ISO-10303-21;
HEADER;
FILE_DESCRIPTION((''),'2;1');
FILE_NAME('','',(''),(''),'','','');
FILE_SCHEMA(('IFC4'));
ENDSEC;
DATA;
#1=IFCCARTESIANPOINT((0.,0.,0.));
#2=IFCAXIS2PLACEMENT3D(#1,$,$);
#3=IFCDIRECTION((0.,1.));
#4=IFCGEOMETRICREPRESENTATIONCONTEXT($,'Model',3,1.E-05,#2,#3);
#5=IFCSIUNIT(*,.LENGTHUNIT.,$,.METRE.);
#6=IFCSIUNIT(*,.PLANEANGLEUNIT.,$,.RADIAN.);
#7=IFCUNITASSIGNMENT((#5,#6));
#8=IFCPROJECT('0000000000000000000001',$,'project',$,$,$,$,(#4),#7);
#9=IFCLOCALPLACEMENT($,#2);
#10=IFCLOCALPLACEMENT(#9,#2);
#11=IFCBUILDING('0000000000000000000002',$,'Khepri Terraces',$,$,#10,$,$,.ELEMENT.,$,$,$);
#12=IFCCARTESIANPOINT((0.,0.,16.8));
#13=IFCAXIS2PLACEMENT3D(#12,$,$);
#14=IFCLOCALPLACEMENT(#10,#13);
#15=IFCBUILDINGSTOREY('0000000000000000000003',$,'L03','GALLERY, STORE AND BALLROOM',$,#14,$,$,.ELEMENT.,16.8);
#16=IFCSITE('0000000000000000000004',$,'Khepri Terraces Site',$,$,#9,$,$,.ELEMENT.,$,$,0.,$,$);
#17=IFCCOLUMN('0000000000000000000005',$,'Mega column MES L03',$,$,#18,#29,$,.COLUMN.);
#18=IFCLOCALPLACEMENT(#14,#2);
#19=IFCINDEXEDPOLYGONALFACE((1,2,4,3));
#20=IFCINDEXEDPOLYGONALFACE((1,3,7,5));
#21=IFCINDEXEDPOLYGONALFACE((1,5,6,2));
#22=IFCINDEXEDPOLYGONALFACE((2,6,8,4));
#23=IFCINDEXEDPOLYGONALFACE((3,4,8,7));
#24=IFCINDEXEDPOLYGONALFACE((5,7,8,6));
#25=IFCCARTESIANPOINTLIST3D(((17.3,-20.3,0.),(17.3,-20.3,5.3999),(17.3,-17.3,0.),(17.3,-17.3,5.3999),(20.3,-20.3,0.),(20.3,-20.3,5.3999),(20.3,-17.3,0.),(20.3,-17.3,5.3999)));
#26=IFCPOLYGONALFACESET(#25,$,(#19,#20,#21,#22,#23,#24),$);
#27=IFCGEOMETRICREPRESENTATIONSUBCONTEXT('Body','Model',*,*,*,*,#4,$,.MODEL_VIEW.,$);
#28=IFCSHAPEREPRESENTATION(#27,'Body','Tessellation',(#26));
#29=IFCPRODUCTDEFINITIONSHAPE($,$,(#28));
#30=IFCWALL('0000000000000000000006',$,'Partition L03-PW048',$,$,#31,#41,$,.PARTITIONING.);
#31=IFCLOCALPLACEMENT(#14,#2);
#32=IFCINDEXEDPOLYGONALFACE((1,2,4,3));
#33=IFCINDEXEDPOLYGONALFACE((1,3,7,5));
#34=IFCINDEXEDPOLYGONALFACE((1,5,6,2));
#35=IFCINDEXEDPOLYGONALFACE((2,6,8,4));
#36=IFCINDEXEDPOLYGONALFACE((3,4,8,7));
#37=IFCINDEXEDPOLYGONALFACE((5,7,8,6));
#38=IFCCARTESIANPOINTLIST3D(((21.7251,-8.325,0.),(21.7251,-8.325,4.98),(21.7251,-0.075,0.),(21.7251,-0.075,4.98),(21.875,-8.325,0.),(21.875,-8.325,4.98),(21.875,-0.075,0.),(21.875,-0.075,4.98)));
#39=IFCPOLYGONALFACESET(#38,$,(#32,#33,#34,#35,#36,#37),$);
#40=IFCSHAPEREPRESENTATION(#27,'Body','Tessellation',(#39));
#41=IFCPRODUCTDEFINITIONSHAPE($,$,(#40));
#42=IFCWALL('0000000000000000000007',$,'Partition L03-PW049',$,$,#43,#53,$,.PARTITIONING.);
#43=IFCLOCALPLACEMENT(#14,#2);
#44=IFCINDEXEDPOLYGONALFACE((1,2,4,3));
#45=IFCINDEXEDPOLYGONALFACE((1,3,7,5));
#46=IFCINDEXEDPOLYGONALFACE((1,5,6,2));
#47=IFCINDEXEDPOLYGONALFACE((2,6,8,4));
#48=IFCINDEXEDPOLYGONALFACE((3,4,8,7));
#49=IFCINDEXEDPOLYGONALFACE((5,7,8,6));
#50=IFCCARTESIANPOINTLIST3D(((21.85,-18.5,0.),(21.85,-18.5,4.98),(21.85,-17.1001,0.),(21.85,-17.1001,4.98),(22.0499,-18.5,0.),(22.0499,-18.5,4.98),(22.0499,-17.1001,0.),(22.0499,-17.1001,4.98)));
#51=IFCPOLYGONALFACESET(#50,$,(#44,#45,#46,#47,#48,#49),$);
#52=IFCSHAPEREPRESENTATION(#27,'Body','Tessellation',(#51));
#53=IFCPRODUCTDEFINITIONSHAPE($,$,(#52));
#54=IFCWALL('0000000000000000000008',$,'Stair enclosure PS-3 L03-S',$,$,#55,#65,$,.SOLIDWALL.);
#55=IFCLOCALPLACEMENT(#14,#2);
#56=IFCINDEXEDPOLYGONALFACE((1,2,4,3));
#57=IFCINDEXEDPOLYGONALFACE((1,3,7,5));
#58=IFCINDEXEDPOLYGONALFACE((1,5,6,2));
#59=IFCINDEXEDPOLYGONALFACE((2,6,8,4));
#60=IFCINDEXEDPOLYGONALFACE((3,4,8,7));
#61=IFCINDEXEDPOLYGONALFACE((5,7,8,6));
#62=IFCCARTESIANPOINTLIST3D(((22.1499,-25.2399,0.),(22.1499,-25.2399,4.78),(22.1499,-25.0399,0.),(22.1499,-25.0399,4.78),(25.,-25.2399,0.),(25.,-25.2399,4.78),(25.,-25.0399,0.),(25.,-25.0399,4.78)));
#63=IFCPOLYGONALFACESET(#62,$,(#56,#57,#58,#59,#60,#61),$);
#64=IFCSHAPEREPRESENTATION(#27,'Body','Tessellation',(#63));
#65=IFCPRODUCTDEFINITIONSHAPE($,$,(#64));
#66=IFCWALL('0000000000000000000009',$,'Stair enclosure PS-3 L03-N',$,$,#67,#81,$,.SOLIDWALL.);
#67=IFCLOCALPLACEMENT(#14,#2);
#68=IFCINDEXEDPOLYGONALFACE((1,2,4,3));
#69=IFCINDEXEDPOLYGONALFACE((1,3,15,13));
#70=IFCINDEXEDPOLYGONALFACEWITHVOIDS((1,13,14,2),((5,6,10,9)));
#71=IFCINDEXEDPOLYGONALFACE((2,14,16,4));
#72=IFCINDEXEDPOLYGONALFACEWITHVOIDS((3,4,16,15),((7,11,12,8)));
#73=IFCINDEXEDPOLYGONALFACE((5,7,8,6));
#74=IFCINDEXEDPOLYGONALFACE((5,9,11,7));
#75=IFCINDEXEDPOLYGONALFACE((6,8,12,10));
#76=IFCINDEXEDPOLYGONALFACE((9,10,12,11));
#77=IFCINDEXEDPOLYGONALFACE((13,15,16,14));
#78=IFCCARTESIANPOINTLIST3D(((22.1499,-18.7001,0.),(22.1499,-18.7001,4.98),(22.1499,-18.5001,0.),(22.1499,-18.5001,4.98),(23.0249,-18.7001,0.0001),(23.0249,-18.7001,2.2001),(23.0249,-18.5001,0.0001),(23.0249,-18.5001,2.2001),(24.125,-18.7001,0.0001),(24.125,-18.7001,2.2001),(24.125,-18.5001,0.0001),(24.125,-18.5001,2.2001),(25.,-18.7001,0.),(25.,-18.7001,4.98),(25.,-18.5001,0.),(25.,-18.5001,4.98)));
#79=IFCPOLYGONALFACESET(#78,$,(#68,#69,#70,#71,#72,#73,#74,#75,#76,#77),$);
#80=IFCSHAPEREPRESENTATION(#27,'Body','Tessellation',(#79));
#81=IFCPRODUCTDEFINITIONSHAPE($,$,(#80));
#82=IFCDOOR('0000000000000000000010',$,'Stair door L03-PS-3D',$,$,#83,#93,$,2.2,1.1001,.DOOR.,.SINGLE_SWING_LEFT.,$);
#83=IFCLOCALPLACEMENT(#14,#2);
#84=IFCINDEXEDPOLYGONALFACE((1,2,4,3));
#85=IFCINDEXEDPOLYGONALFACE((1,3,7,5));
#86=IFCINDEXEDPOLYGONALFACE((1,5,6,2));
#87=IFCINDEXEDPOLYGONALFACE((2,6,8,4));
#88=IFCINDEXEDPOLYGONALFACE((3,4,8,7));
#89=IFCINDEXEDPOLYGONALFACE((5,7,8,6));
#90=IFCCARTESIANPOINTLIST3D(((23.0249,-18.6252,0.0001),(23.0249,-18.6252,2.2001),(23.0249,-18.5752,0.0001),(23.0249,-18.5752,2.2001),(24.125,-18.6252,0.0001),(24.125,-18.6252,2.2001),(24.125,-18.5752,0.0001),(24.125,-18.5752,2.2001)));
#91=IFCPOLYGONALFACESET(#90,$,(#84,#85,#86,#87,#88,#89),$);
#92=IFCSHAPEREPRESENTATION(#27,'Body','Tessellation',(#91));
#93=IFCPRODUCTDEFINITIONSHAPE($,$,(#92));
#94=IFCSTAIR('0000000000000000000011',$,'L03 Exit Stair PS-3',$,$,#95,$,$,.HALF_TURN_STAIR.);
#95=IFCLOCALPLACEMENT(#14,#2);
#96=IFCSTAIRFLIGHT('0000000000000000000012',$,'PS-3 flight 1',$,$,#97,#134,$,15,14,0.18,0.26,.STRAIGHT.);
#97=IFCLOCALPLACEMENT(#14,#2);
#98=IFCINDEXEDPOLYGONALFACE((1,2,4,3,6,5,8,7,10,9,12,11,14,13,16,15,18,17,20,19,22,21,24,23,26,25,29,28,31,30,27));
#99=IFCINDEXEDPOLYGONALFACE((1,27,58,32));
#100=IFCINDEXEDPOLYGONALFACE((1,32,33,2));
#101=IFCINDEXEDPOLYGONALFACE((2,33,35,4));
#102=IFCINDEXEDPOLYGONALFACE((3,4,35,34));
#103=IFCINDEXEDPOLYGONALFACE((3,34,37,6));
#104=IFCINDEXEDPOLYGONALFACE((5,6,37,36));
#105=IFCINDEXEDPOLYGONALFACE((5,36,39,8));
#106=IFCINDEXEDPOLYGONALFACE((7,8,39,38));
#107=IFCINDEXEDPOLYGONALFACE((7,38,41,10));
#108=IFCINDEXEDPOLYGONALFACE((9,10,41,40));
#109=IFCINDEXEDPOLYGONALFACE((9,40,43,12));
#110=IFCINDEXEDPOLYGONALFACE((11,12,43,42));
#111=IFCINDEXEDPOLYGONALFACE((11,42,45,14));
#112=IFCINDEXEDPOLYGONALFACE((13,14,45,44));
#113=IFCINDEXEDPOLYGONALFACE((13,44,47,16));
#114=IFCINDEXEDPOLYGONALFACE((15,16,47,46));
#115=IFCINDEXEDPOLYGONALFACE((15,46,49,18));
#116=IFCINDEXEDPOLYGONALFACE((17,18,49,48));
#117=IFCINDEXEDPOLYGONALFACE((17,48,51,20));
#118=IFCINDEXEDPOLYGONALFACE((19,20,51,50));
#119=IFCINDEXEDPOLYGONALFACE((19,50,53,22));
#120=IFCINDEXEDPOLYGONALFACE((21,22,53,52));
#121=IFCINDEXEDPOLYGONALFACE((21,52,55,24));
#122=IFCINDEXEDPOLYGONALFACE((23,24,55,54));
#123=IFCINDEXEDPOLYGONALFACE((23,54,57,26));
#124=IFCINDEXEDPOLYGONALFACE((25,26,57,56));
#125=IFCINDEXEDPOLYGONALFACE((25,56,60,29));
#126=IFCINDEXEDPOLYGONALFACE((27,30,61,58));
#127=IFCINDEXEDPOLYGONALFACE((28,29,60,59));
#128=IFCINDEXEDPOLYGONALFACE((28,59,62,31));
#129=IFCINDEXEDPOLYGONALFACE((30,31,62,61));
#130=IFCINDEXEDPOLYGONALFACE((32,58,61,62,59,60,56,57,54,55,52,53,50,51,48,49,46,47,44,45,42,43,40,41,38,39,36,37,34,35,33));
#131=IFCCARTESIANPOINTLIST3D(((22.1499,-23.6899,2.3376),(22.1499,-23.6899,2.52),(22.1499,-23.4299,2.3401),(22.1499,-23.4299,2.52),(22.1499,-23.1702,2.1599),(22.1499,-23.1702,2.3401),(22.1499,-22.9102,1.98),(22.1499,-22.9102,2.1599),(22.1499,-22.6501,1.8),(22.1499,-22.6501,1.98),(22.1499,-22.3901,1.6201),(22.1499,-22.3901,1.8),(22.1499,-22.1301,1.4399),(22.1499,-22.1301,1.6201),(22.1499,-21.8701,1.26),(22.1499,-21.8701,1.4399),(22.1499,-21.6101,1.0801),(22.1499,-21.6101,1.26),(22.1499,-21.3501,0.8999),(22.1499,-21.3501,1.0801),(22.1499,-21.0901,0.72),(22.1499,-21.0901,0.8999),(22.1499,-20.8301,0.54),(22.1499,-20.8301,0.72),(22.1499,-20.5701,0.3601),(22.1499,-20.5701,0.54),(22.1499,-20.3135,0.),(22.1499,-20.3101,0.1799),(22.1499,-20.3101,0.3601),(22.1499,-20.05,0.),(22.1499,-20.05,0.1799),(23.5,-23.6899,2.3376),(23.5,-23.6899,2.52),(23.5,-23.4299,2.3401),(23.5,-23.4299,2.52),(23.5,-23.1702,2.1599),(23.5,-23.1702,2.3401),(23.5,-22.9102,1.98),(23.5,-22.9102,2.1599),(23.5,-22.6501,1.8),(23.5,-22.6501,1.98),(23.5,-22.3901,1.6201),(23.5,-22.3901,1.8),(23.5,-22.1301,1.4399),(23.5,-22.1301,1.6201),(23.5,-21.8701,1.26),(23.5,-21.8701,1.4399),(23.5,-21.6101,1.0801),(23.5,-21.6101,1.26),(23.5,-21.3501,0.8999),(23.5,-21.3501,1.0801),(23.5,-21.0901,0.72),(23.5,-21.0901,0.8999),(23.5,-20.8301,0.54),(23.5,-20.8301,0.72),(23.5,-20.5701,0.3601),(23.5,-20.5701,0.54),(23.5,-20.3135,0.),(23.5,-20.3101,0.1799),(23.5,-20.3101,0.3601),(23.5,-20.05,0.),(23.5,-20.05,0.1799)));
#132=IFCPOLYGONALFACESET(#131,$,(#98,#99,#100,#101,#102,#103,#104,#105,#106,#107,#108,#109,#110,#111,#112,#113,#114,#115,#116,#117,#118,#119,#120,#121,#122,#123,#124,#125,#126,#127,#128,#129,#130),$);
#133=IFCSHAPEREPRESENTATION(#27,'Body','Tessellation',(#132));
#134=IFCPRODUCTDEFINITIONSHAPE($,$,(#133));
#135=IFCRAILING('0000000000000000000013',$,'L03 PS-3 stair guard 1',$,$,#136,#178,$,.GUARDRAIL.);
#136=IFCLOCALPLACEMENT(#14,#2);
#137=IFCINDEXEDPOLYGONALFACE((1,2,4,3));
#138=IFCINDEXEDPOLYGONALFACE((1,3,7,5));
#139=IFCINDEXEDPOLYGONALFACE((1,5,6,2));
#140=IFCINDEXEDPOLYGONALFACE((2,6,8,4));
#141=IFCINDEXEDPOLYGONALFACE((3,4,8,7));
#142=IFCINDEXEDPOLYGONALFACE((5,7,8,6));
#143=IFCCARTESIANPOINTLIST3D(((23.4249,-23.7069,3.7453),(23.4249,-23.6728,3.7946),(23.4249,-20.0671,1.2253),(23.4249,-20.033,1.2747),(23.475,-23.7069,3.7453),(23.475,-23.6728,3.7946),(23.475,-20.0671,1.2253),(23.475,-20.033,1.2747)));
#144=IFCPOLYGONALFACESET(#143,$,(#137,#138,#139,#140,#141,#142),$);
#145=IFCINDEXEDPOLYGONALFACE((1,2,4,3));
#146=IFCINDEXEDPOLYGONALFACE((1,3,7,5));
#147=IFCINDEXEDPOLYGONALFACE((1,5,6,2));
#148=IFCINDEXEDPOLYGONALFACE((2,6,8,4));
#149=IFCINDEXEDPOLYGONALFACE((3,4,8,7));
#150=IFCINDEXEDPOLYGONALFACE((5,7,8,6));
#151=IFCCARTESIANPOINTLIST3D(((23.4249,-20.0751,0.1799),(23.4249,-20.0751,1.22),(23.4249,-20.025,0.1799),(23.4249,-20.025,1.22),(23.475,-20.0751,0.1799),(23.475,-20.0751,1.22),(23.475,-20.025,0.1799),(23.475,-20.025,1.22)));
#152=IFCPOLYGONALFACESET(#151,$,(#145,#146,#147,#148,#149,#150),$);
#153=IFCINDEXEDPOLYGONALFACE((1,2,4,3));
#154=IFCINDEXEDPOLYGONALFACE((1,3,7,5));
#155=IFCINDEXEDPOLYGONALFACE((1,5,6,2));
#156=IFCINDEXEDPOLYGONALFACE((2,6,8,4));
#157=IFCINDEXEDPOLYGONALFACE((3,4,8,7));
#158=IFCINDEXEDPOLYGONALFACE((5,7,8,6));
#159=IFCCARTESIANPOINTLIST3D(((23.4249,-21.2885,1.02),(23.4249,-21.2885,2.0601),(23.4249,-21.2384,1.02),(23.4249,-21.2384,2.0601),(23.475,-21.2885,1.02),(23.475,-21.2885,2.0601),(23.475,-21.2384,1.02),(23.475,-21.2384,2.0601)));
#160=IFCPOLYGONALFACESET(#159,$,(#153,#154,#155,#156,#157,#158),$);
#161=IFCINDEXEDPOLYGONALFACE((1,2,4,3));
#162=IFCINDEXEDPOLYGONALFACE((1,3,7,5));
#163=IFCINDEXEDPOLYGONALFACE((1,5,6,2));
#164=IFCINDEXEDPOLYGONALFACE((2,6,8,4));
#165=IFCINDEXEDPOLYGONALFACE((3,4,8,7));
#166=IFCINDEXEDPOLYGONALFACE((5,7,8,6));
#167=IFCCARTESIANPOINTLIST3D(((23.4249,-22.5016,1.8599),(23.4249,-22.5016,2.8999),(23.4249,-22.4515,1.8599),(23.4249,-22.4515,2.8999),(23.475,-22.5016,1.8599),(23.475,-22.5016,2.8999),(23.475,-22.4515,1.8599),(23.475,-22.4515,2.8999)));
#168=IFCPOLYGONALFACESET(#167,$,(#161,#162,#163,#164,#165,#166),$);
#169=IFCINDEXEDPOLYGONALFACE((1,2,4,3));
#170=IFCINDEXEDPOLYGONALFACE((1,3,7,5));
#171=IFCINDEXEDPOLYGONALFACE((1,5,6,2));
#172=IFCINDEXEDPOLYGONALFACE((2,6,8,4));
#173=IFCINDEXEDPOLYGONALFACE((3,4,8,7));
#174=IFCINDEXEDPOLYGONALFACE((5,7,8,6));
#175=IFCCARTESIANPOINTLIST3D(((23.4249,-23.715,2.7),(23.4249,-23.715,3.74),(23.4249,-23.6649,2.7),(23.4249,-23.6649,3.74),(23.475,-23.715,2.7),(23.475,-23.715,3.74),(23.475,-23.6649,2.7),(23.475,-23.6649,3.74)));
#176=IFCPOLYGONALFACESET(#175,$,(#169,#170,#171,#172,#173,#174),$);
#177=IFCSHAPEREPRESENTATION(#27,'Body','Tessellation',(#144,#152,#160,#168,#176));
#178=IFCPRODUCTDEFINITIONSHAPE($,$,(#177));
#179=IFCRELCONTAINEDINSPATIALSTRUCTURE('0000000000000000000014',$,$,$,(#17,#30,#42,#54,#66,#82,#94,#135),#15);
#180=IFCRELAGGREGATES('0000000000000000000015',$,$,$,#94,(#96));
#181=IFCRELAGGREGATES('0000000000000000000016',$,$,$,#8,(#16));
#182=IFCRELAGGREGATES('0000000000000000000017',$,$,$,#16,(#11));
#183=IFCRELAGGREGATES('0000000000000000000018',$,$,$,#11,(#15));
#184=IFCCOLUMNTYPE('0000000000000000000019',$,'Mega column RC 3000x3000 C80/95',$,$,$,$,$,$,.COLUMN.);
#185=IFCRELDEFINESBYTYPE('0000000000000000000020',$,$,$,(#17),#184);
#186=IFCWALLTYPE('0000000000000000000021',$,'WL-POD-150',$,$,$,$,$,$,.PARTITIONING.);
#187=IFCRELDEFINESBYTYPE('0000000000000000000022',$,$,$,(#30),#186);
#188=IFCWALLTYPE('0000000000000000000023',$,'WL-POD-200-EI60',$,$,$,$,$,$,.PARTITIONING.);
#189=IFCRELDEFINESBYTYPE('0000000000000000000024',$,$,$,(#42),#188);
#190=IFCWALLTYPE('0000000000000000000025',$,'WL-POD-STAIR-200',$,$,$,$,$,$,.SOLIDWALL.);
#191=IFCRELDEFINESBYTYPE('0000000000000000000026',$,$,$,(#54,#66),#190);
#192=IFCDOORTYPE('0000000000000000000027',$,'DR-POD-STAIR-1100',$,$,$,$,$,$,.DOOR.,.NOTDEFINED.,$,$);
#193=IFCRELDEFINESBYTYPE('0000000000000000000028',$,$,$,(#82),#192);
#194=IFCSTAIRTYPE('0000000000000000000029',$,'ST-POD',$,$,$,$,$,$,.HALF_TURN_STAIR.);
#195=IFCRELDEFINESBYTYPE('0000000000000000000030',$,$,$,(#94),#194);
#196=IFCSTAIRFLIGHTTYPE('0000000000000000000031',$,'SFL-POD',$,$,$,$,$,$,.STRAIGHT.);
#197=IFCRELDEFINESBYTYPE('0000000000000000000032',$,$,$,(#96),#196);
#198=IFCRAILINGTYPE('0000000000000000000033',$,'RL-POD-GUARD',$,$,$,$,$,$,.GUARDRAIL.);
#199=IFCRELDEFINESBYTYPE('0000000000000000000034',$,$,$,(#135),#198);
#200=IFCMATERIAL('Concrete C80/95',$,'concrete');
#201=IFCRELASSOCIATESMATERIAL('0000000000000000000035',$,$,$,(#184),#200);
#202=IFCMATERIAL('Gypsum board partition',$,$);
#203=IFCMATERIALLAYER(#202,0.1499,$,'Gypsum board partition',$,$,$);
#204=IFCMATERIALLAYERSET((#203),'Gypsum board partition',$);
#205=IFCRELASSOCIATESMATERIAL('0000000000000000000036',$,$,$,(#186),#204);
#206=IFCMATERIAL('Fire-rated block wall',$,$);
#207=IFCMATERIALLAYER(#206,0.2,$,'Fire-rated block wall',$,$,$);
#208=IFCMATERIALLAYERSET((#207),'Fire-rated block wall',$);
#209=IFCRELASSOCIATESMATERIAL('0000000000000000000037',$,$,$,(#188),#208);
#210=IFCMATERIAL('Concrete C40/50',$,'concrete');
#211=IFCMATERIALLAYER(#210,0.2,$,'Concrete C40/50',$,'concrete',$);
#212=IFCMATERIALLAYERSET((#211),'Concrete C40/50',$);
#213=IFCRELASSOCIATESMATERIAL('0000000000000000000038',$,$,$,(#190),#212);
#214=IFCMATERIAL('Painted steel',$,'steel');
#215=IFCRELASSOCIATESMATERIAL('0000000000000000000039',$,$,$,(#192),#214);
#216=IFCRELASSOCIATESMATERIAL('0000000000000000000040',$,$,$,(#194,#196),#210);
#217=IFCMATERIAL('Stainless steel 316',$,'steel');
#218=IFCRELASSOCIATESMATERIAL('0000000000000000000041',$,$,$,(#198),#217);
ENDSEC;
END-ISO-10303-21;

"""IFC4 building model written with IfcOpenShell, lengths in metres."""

from ifc_helpers import new_model, si_unit, direction, frame, frame_2d, origin, origin_2d, place, context, subcontext, project, spatial, polyline, rectangle, outline, extrude, material, layer, layer_set, material_profile, profile_set, type_object, element, fill, aggregate, save


model = new_model("IFC4")

# Units and contexts
model_context = context("Model", 3, precision=1e-05, world=origin(), true_north=direction((0.0, 1.0)))
body_context = subcontext(model_context, "Body", "Model", "MODEL_VIEW")
ifc_project = project(units=[si_unit("LENGTHUNIT", "METRE"), si_unit("PLANEANGLEUNIT", "RADIAN")], contexts=[model_context])

# Site, building, storey
site_placement = place(None, origin())
site = spatial("IfcSite", under=ifc_project, at=site_placement, Name="Khepri Terraces Site", CompositionType="ELEMENT", RefElevation=0.0)
building_placement = place(site_placement, origin())
building = spatial("IfcBuilding", under=site, at=building_placement, Name="Khepri Terraces", CompositionType="ELEMENT")
storey_placement = place(building_placement, frame((0.0, 0.0, 16.8)))
storey = spatial("IfcBuildingStorey", under=building, at=storey_placement, Name="L03", Description="GALLERY, STORE AND BALLROOM", CompositionType="ELEMENT", Elevation=16.8)

# Column
ifc_material_1 = material(Name="Concrete C80/95", Category="concrete")
ifc_material_profile = material_profile(ifc_material_1, rectangle(XDim=3.0, YDim=3.0, at=origin_2d()), Name="Concrete C80/95", Category="concrete")
ifc_profile_set = profile_set([ifc_material_profile], Name="Concrete C80/95")
column_type = type_object("IfcColumnType", Name="Mega column RC 3000x3000 C80/95", PredefinedType="COLUMN", material=ifc_profile_set)
column_placement = place(storey_placement, frame((18.8, -18.8, 0.0), z_axis=(0.0, 0.0, 1.0), x_axis=(1.0, 0.0, 0.0)))
element("IfcColumn", 1, at=column_placement, inside=storey, type_object=column_type, Name="Mega column MES L03", PredefinedType="COLUMN", context=body_context, shape_type="SweptSolid", body=[
    extrude(rectangle(XDim=3.0, YDim=3.0, at=origin_2d()), origin(), (0.0, 0.0, 1.0), 5.3999),
])

# Walls
ifc_material_2 = material(Name="Gypsum board partition")
ifc_layer_1 = layer(ifc_material_2, 0.1499, Name="Gypsum board partition")
ifc_layer_set_1 = layer_set([ifc_layer_1], Name="Gypsum board partition")
wall_type_1 = type_object("IfcWallType", Name="WL-POD-150", PredefinedType="PARTITIONING", material=ifc_layer_set_1)
wall_1_placement = place(storey_placement, frame((21.8, -8.325, 0.0), z_axis=(0.0, 0.0, 1.0), x_axis=(0.0, 1.0, 0.0)))
element("IfcWall", 2, at=wall_1_placement, inside=storey, type_object=wall_type_1, Name="Partition L03-PW048", PredefinedType="PARTITIONING", context=body_context, shape_type="SweptSolid", body=[
    extrude(rectangle(XDim=8.25, YDim=0.1499, at=frame_2d((4.125, 0.0))), origin(), (0.0, 0.0, 1.0), 4.98),
])
ifc_material_3 = material(Name="Fire-rated block wall")
ifc_layer_2 = layer(ifc_material_3, 0.2, Name="Fire-rated block wall")
ifc_layer_set_2 = layer_set([ifc_layer_2], Name="Fire-rated block wall")
wall_type_2 = type_object("IfcWallType", Name="WL-POD-200-EI60", PredefinedType="PARTITIONING", material=ifc_layer_set_2)
wall_2_placement = place(storey_placement, frame((21.95, -18.5, 0.0), z_axis=(0.0, 0.0, 1.0), x_axis=(0.0, 1.0, 0.0)))
element("IfcWall", 3, at=wall_2_placement, inside=storey, type_object=wall_type_2, Name="Partition L03-PW049", PredefinedType="PARTITIONING", context=body_context, shape_type="SweptSolid", body=[
    extrude(rectangle(XDim=1.3999, YDim=0.2, at=frame_2d((0.7, 0.0))), origin(), (0.0, 0.0, 1.0), 4.98),
])
ifc_material_4 = material(Name="Concrete C40/50", Category="concrete")
ifc_layer_3 = layer(ifc_material_4, 0.2, Name="Concrete C40/50", Category="concrete")
ifc_layer_set_3 = layer_set([ifc_layer_3], Name="Concrete C40/50")
wall_type_3 = type_object("IfcWallType", Name="WL-POD-STAIR-200", PredefinedType="SOLIDWALL", material=ifc_layer_set_3)
wall_3_placement = place(storey_placement, frame((22.1499, -25.1399, 0.0), z_axis=(0.0, 0.0, 1.0), x_axis=(1.0, 0.0, 0.0)))
element("IfcWall", 4, at=wall_3_placement, inside=storey, type_object=wall_type_3, Name="Stair enclosure PS-3 L03-S", PredefinedType="SOLIDWALL", context=body_context, shape_type="SweptSolid", body=[
    extrude(rectangle(XDim=2.8501, YDim=0.2, at=frame_2d((1.425, 0.0))), origin(), (0.0, 0.0, 1.0), 4.78),
])

# Wall, opening, door
wall_4_placement = place(storey_placement, frame((22.1499, -18.6001, 0.0), z_axis=(0.0, 0.0, 1.0), x_axis=(1.0, 0.0, 0.0)))
wall_4 = element("IfcWall", 5, at=wall_4_placement, inside=storey, type_object=wall_type_3, Name="Stair enclosure PS-3 L03-N", PredefinedType="SOLIDWALL", context=body_context, shape_type="SweptSolid", body=[
    extrude(rectangle(XDim=2.8501, YDim=0.2, at=frame_2d((1.425, 0.0))), origin(), (0.0, 0.0, 1.0), 4.98),
])
opening_placement = place(wall_4_placement, frame((0.875, 0.0, 0.0)))
opening = element("IfcOpeningElement", 6, at=opening_placement, cuts=wall_4, PredefinedType="OPENING", context=body_context, shape_type="SweptSolid", body=[
    extrude(rectangle(XDim=1.1001, YDim=2.2, at=frame_2d((0.55, 1.1001))), frame((0.0, 0.1099, 0.0), z_axis=(0.0, -1.0, 0.0), x_axis=(1.0, 0.0, 0.0)), (0.0, 0.0, 1.0), 0.22),
])
ifc_material_5 = material(Name="Painted steel", Category="steel")
door_type = type_object("IfcDoorType", Name="DR-POD-STAIR-1100", OperationType="NOTDEFINED", PredefinedType="DOOR", material=ifc_material_5)
door_placement = place(opening_placement, origin())
door = element("IfcDoor", 7, at=door_placement, inside=storey, type_object=door_type, Name="Stair door L03-PS-3D", OperationType="SINGLE_SWING_LEFT", OverallHeight=2.2, OverallWidth=1.1001, PredefinedType="DOOR", context=body_context, shape_type="SweptSolid", body=[
    extrude(rectangle(XDim=1.1001, YDim=2.2, at=frame_2d((0.55, 1.1001))), frame((0.0, 0.0249, 0.0), z_axis=(0.0, -1.0, 0.0), x_axis=(1.0, 0.0, 0.0)), (0.0, 0.0, 1.0), 0.05),
])
fill(opening, door)

# Stair, stair flight
stair_type = type_object("IfcStairType", Name="ST-POD", PredefinedType="HALF_TURN_STAIR", material=ifc_material_4)
stair_placement = place(storey_placement, origin())
stair = element("IfcStair", 8, at=stair_placement, inside=storey, type_object=stair_type, Name="L03 Exit Stair PS-3", PredefinedType="HALF_TURN_STAIR")
stair_flight_type = type_object("IfcStairFlightType", Name="SFL-POD", PredefinedType="STRAIGHT", material=ifc_material_4)
stair_flight_placement = place(storey_placement, frame((22.825, -20.05, 0.0), z_axis=(0.0, 0.0, 1.0), x_axis=(0.0, -1.0, 0.0)))
stair_flight = element("IfcStairFlight", 9, at=stair_flight_placement, type_object=stair_flight_type, Name="PS-3 flight 1", NumberOfRisers=15, NumberOfTreads=14, PredefinedType="STRAIGHT", RiserHeight=0.18, TreadLength=0.26, context=body_context, shape_type="SweptSolid", body=[
    extrude(outline(polyline([(0.0, 0.0), (0.0, 0.1799), (0.26, 0.1799), (0.26, 0.3601), (0.52, 0.3601), (0.52, 0.54), (0.78, 0.54), (0.78, 0.72), (1.04, 0.72), (1.04, 0.8999), (1.3, 0.8999), (1.3, 1.0801), (1.5601, 1.0801), (1.5601, 1.26), (1.8201, 1.26), (1.8201, 1.4399), (2.0801, 1.4399), (2.0801, 1.6201), (2.3401, 1.6201), (2.3401, 1.8), (2.6001, 1.8), (2.6001, 1.98), (2.8601, 1.98), (2.8601, 2.1599), (3.1201, 2.1599), (3.1201, 2.3401), (3.3799, 2.3401), (3.3799, 2.52), (3.6399, 2.52), (3.6399, 2.7), (3.6399, 2.3376), (0.2634, 0.0), (0.0, 0.0)])), frame((0.0, 0.675, 0.0), z_axis=(0.0, -1.0, 0.0), x_axis=(1.0, 0.0, 0.0)), (0.0, 0.0, 1.0), 1.3501),
])
aggregate(stair, [stair_flight])

# Railing
ifc_material_6 = material(Name="Stainless steel 316", Category="steel")
railing_type_1 = type_object("IfcRailingType", Name="RL-POD-GUARD", PredefinedType="GUARDRAIL", material=ifc_material_6)
railing_1_placement = place(storey_placement, frame((23.45, -20.05, 0.1799)))
element("IfcRailing", 10, at=railing_1_placement, inside=storey, type_object=railing_type_1, Name="L03 PS-3 stair guard 1", PredefinedType="GUARDRAIL", context=body_context, shape_type="SweptSolid", body=[
    extrude(rectangle(XDim=0.05, YDim=0.0601, at=origin_2d()), frame((0.0, 0.0, 1.0701), z_axis=(0.0, -0.822182, 0.569224), x_axis=(1.0, 0.0, 0.0)), (0.0, 0.0, 1.0), 4.427),
    extrude(rectangle(XDim=0.05, YDim=0.05, at=origin_2d()), origin(), (0.0, 0.0, 1.0), 1.04),
    extrude(rectangle(XDim=0.05, YDim=0.05, at=origin_2d()), frame((0.0, -1.2134, 0.8401)), (0.0, 0.0, 1.0), 1.04),
    extrude(rectangle(XDim=0.05, YDim=0.05, at=origin_2d()), frame((0.0, -2.4265, 1.6799)), (0.0, 0.0, 1.0), 1.04),
    extrude(rectangle(XDim=0.05, YDim=0.05, at=origin_2d()), frame((0.0, -3.6399, 2.52)), (0.0, 0.0, 1.0), 1.04),
])

save(model, "model.ifc")
